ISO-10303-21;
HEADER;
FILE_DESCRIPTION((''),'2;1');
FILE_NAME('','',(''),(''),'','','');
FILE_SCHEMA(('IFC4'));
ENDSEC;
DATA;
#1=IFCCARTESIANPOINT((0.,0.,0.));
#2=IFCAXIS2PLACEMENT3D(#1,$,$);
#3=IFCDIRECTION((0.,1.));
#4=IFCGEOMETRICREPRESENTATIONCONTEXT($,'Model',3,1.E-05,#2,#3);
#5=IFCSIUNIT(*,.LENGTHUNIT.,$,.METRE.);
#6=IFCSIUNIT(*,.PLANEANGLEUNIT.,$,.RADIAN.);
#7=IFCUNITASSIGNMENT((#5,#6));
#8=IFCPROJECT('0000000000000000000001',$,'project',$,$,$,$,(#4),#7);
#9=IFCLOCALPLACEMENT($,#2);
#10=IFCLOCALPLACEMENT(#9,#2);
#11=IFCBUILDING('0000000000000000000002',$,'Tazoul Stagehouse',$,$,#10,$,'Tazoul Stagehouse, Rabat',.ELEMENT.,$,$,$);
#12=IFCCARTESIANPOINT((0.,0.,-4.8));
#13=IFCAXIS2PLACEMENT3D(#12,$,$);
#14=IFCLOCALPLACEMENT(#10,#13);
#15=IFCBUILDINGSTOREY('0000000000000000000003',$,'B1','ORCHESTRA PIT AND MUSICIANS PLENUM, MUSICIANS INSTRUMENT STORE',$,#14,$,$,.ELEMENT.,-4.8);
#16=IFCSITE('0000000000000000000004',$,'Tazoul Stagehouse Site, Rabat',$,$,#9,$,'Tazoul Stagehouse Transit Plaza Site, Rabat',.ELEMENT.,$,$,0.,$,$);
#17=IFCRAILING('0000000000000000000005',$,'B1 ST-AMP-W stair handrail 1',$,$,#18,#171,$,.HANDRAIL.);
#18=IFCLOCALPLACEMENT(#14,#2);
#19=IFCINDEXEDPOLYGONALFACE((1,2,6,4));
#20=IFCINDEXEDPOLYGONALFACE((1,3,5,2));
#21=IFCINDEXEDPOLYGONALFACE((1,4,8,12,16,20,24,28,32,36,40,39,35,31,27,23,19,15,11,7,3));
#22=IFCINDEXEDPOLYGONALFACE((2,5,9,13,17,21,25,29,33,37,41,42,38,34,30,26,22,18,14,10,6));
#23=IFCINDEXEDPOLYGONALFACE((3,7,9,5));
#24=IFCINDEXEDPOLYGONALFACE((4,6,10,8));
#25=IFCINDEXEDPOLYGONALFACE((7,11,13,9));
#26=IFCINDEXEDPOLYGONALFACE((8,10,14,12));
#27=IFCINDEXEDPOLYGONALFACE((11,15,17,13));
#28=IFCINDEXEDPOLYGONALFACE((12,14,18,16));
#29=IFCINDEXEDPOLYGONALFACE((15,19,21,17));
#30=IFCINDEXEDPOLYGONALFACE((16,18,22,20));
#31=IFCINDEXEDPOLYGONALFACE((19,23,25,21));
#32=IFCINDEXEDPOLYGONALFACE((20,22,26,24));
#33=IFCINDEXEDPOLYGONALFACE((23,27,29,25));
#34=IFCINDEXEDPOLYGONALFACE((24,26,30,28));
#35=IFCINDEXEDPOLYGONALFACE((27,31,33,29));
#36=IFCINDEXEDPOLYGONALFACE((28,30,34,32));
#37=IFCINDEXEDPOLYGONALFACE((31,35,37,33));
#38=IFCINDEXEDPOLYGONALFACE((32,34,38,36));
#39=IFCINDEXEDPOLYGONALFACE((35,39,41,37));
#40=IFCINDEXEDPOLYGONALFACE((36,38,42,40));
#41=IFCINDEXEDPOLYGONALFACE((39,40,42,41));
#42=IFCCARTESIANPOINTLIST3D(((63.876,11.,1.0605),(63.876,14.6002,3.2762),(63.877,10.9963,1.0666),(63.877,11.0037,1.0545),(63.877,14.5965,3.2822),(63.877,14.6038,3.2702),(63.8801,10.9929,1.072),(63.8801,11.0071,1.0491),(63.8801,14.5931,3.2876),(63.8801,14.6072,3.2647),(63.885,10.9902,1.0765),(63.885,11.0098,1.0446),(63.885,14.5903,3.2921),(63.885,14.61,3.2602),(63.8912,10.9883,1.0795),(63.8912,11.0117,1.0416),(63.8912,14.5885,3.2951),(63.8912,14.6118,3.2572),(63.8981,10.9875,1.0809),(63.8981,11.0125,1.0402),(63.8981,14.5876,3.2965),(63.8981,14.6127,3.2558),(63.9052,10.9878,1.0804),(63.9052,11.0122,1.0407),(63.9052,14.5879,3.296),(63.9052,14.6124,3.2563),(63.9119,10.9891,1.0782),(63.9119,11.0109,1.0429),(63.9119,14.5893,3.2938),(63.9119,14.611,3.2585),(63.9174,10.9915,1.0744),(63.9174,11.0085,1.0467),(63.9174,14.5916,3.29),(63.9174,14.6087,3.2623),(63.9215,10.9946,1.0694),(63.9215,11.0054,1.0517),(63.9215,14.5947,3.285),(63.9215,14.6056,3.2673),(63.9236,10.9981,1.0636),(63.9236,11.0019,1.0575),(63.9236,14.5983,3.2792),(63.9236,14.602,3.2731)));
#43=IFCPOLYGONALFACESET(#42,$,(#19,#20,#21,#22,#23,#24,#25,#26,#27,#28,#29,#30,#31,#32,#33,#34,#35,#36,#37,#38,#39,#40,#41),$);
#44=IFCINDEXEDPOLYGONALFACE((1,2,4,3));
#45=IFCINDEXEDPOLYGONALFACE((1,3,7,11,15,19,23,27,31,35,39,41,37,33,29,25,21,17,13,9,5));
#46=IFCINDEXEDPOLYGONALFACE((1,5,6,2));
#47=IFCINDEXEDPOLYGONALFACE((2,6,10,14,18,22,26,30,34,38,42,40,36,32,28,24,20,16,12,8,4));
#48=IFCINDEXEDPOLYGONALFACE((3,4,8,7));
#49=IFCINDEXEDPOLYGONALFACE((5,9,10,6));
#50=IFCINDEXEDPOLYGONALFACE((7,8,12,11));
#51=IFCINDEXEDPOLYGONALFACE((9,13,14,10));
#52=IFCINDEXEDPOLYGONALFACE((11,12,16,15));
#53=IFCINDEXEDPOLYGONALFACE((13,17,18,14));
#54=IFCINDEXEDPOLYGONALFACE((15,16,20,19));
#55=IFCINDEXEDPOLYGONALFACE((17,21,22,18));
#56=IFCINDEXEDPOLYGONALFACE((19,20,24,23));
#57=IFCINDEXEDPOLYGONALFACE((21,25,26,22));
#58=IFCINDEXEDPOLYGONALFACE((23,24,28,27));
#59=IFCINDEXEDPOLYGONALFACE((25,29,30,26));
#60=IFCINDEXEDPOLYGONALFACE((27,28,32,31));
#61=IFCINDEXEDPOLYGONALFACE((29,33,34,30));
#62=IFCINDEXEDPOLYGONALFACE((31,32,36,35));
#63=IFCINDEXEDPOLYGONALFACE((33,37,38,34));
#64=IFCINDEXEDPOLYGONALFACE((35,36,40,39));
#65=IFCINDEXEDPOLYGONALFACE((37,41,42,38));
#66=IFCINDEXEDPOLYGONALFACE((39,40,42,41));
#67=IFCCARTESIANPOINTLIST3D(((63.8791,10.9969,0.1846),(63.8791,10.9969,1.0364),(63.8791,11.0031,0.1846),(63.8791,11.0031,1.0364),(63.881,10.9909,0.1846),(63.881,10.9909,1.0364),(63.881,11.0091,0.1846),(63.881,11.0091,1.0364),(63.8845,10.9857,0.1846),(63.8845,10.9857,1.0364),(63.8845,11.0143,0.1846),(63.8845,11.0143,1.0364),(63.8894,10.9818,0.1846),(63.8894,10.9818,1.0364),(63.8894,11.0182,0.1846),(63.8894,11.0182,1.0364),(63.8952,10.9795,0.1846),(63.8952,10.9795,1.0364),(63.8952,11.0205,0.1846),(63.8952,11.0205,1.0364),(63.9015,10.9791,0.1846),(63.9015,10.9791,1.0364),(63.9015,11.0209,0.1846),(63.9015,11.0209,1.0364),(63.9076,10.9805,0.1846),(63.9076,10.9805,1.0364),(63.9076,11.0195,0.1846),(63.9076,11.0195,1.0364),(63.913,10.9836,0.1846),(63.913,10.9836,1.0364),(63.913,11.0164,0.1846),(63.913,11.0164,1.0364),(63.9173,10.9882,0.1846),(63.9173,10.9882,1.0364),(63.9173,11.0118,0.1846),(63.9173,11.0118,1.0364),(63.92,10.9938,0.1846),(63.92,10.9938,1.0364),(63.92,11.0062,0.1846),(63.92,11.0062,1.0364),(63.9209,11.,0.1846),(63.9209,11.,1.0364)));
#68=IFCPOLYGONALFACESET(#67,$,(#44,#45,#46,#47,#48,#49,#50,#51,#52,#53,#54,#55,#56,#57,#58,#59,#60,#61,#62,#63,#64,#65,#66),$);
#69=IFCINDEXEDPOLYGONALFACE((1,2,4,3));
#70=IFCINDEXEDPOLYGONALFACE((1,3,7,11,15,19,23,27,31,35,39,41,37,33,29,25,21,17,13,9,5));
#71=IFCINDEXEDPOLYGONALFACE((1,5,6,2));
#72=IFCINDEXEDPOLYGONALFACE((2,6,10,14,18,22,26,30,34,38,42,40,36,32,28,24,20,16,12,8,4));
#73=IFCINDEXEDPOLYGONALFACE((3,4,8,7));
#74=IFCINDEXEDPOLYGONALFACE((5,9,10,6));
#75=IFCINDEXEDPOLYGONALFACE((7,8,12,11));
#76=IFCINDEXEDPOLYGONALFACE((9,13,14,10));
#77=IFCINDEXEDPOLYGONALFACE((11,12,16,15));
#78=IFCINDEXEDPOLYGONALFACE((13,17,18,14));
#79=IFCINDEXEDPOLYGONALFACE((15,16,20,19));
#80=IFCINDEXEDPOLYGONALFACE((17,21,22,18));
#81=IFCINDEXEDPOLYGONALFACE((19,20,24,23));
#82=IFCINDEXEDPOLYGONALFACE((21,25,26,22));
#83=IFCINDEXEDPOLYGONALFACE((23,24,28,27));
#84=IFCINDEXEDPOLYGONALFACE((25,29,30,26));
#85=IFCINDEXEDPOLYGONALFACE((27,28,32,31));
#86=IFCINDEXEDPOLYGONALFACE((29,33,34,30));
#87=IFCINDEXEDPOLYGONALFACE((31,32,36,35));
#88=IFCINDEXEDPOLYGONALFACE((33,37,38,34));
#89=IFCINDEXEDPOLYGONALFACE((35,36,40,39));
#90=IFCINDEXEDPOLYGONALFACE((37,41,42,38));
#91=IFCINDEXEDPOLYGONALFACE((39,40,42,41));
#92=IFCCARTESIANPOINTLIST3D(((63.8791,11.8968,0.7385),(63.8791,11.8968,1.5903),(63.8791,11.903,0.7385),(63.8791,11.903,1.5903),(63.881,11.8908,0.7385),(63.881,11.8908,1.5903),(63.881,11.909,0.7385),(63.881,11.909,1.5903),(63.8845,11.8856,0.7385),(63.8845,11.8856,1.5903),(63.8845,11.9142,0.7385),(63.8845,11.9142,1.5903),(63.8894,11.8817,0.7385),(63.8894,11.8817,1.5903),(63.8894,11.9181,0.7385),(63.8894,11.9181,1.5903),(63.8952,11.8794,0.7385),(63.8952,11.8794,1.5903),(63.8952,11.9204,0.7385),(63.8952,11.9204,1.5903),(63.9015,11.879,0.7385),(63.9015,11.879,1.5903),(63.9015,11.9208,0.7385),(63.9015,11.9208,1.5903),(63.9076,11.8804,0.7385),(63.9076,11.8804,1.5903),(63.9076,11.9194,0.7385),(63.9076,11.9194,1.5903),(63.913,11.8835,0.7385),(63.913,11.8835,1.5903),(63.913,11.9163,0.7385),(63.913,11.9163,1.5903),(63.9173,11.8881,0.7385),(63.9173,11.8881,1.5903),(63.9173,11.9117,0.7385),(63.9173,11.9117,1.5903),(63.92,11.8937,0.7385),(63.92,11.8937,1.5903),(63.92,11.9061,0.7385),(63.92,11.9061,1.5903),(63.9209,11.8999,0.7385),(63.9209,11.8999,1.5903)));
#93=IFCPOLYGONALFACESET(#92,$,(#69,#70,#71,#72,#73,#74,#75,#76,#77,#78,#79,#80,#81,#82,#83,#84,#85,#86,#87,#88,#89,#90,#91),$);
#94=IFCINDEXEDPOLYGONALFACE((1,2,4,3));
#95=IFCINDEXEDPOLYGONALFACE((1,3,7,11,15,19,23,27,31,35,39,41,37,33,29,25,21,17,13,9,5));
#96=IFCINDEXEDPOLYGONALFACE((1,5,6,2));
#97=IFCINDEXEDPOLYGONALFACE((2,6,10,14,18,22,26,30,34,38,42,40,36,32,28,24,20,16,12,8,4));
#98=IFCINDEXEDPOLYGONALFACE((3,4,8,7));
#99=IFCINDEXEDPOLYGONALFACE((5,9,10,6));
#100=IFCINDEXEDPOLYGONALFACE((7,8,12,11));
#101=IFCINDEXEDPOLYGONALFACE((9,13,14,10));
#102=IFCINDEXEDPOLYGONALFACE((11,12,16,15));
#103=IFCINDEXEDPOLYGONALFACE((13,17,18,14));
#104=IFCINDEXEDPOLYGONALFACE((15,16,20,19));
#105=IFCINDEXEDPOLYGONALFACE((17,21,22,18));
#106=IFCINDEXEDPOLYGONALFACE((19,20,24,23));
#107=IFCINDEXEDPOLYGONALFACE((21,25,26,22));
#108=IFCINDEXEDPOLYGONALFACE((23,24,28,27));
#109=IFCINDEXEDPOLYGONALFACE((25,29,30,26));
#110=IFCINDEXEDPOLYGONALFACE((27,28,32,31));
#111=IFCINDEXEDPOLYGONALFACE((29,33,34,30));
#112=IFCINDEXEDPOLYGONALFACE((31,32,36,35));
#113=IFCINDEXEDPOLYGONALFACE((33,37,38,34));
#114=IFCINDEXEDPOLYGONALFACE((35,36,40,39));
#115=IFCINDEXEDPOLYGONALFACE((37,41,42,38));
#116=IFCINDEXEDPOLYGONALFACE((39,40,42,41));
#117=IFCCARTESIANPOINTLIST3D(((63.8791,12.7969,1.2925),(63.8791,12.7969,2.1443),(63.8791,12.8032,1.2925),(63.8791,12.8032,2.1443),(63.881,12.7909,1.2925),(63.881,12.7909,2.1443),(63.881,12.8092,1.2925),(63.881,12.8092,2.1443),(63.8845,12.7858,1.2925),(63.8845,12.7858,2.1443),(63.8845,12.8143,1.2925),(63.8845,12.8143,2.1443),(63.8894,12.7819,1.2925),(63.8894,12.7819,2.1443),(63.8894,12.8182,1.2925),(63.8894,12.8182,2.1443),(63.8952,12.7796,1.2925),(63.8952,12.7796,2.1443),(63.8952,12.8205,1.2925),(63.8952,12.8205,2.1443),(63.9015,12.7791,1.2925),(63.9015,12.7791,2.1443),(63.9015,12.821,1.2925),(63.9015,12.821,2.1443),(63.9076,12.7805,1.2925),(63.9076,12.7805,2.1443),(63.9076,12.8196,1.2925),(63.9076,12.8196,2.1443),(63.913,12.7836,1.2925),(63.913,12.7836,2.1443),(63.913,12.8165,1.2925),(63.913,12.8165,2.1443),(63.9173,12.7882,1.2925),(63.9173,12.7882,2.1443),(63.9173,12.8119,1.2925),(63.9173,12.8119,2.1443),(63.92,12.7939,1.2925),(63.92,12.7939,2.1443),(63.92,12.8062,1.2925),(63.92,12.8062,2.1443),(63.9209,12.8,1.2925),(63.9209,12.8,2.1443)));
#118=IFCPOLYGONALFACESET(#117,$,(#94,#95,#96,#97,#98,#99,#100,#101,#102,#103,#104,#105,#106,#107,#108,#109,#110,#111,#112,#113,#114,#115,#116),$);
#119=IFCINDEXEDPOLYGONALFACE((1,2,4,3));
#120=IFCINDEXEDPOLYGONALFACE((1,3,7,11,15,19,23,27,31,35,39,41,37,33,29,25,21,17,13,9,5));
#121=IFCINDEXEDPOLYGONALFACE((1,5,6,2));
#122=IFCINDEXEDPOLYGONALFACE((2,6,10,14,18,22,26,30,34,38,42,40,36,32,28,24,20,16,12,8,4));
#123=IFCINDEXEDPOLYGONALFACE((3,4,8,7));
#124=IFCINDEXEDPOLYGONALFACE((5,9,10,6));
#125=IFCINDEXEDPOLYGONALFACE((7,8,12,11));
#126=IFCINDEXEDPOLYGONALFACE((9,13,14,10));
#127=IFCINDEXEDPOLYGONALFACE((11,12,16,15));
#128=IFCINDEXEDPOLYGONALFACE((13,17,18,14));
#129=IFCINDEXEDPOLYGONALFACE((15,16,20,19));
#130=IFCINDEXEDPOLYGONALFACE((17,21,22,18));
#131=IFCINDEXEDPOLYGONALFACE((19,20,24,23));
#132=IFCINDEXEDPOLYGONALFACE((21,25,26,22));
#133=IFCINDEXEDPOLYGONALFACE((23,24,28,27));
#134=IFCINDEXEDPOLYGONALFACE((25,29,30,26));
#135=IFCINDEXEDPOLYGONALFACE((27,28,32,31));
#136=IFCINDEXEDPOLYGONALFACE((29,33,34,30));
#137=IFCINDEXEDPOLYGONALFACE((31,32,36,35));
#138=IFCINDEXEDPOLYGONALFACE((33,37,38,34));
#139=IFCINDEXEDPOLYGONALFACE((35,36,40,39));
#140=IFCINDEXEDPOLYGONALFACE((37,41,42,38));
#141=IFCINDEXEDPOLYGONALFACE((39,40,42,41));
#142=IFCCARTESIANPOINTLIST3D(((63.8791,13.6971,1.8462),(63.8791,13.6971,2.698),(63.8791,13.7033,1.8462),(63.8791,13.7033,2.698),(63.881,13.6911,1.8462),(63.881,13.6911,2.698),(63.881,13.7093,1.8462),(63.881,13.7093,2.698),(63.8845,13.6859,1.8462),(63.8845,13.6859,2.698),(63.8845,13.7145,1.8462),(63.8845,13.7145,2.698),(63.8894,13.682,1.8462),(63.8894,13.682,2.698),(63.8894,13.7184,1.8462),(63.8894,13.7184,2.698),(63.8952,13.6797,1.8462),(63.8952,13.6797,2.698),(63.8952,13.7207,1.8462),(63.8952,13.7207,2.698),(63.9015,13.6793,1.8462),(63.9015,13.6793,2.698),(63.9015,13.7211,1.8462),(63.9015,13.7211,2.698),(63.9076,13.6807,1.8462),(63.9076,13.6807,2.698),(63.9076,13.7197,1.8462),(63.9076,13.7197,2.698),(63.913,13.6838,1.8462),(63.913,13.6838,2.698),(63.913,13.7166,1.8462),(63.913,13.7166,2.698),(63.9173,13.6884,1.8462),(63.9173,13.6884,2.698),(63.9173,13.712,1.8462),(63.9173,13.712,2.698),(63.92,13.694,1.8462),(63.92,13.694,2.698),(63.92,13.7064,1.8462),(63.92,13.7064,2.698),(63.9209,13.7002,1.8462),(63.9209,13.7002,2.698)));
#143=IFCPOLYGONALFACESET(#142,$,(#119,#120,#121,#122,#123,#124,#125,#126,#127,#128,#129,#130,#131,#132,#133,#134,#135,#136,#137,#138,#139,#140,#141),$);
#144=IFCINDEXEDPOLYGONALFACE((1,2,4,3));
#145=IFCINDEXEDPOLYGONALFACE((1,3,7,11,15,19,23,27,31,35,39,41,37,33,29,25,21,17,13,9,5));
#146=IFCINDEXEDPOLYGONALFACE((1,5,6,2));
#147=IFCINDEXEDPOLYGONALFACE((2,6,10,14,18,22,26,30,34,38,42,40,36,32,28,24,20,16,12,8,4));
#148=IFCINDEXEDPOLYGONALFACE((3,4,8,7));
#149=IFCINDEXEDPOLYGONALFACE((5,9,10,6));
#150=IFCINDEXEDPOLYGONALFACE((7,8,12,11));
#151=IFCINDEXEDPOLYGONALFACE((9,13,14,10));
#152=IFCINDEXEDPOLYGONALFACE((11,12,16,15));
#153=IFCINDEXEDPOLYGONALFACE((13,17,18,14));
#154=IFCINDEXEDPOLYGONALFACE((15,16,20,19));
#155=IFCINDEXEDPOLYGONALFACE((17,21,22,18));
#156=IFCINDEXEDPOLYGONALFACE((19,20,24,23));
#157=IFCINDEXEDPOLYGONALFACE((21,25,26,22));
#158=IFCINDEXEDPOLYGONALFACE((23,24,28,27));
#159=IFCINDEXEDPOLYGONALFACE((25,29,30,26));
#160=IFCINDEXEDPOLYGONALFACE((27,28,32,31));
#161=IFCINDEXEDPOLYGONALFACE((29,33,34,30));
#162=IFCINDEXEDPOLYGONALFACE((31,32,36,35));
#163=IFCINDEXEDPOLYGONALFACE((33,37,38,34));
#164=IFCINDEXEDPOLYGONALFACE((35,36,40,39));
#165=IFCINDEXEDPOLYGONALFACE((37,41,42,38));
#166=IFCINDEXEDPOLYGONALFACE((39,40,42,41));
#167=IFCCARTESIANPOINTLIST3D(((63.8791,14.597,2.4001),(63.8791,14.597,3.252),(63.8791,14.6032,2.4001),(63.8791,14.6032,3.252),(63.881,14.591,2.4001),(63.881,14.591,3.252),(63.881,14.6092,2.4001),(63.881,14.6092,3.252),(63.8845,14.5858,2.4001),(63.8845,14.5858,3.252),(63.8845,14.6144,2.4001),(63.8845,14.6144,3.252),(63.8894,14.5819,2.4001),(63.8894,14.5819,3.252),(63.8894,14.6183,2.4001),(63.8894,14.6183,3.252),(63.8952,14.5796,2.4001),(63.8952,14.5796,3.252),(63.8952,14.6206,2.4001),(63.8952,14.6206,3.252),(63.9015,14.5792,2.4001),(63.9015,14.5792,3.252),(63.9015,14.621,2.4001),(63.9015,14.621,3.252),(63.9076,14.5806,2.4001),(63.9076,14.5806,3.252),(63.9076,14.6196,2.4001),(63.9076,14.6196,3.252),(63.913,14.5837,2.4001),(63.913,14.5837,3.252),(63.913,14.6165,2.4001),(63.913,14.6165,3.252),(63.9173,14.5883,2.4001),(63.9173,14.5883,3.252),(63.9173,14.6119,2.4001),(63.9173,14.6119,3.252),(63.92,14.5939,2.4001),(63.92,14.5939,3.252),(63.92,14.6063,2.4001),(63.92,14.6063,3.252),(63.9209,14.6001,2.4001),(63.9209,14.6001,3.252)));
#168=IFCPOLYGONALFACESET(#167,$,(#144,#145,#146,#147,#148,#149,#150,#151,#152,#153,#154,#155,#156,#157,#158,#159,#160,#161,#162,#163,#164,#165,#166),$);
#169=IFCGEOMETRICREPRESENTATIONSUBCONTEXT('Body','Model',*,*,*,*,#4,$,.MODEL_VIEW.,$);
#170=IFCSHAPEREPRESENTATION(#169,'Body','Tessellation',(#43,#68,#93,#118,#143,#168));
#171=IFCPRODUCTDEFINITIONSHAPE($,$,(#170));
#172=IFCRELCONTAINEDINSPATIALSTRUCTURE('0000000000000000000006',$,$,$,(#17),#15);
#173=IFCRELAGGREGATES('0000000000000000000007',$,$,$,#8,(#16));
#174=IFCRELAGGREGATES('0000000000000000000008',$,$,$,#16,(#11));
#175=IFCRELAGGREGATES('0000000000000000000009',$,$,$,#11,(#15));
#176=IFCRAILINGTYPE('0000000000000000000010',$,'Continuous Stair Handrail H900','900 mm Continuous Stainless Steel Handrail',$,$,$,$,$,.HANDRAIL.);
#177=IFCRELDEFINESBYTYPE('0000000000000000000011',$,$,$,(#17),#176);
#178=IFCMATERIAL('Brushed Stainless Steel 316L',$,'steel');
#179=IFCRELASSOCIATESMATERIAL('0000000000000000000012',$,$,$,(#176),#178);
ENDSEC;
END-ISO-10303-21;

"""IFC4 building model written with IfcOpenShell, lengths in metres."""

from ifc_helpers import new_model, si_unit, direction, frame, origin, origin_2d, place, context, subcontext, project, spatial, circle, extrude, material, material_profile, profile_set, type_object, element, save


model = new_model("IFC4")

# Units and contexts
model_context = context("Model", 3, precision=1e-05, world=origin(), true_north=direction((0.0, 1.0)))
body_context = subcontext(model_context, "Body", "Model", "MODEL_VIEW")
ifc_project = project(units=[si_unit("LENGTHUNIT", "METRE"), si_unit("PLANEANGLEUNIT", "RADIAN")], contexts=[model_context])

# Site, building, storey
site_placement = place(None, origin())
site = spatial("IfcSite", under=ifc_project, at=site_placement, Name="Tazoul Stagehouse Site, Rabat", LongName="Tazoul Stagehouse Transit Plaza Site, Rabat", CompositionType="ELEMENT", RefElevation=0.0)
building_placement = place(site_placement, origin())
building = spatial("IfcBuilding", under=site, at=building_placement, Name="Tazoul Stagehouse", LongName="Tazoul Stagehouse, Rabat", CompositionType="ELEMENT")
storey_placement = place(building_placement, frame((0.0, 0.0, -4.8)))
storey = spatial("IfcBuildingStorey", under=building, at=storey_placement, Name="B1", Description="ORCHESTRA PIT AND MUSICIANS PLENUM, MUSICIANS INSTRUMENT STORE", CompositionType="ELEMENT", Elevation=-4.8)

# Railing
ifc_material_1 = material(Name="Brushed Stainless Steel 316L", Category="steel")
ifc_material_profile_1 = material_profile(ifc_material_1, circle(Radius=0.021, at=origin_2d()), Name="SS HANDRAIL D42")
ifc_profile_set_1 = profile_set([ifc_material_profile_1], Name="Brushed Stainless Steel 316L")
railing_type_1 = type_object("IfcRailingType", Name="Continuous Stair Handrail H900", Description="900 mm Continuous Stainless Steel Handrail", PredefinedType="HANDRAIL", material=ifc_profile_set_1)
railing_1_placement = place(storey_placement, frame((63.8999, 11.0, 0.1846)))
element("IfcRailing", 1, at=railing_1_placement, inside=storey, type_object=railing_type_1, Name="B1 ST-AMP-W stair handrail 1", PredefinedType="HANDRAIL", context=body_context, shape_type="SweptSolid", body=[
    extrude(circle(Radius=0.0239, at=origin_2d()), frame((0.0, 0.0, 0.876), z_axis=(0.0, 0.851644, 0.52412), x_axis=(-1.0, 0.0, 0.0)), (0.0, 0.0, 1.0), 4.2273),
    extrude(circle(Radius=0.021, at=origin_2d()), origin(), (0.0, 0.0, 1.0), 0.8518),
    extrude(circle(Radius=0.021, at=origin_2d()), frame((0.0, 0.8999, 0.554)), (0.0, 0.0, 1.0), 0.8518),
    extrude(circle(Radius=0.021, at=origin_2d()), frame((0.0, 1.8, 1.1079)), (0.0, 0.0, 1.0), 0.8518),
    extrude(circle(Radius=0.021, at=origin_2d()), frame((0.0, 2.7002, 1.6616)), (0.0, 0.0, 1.0), 0.8518),
    extrude(circle(Radius=0.021, at=origin_2d()), frame((0.0, 3.6001, 2.2156)), (0.0, 0.0, 1.0), 0.8518),
])

save(model, "model.ifc")
